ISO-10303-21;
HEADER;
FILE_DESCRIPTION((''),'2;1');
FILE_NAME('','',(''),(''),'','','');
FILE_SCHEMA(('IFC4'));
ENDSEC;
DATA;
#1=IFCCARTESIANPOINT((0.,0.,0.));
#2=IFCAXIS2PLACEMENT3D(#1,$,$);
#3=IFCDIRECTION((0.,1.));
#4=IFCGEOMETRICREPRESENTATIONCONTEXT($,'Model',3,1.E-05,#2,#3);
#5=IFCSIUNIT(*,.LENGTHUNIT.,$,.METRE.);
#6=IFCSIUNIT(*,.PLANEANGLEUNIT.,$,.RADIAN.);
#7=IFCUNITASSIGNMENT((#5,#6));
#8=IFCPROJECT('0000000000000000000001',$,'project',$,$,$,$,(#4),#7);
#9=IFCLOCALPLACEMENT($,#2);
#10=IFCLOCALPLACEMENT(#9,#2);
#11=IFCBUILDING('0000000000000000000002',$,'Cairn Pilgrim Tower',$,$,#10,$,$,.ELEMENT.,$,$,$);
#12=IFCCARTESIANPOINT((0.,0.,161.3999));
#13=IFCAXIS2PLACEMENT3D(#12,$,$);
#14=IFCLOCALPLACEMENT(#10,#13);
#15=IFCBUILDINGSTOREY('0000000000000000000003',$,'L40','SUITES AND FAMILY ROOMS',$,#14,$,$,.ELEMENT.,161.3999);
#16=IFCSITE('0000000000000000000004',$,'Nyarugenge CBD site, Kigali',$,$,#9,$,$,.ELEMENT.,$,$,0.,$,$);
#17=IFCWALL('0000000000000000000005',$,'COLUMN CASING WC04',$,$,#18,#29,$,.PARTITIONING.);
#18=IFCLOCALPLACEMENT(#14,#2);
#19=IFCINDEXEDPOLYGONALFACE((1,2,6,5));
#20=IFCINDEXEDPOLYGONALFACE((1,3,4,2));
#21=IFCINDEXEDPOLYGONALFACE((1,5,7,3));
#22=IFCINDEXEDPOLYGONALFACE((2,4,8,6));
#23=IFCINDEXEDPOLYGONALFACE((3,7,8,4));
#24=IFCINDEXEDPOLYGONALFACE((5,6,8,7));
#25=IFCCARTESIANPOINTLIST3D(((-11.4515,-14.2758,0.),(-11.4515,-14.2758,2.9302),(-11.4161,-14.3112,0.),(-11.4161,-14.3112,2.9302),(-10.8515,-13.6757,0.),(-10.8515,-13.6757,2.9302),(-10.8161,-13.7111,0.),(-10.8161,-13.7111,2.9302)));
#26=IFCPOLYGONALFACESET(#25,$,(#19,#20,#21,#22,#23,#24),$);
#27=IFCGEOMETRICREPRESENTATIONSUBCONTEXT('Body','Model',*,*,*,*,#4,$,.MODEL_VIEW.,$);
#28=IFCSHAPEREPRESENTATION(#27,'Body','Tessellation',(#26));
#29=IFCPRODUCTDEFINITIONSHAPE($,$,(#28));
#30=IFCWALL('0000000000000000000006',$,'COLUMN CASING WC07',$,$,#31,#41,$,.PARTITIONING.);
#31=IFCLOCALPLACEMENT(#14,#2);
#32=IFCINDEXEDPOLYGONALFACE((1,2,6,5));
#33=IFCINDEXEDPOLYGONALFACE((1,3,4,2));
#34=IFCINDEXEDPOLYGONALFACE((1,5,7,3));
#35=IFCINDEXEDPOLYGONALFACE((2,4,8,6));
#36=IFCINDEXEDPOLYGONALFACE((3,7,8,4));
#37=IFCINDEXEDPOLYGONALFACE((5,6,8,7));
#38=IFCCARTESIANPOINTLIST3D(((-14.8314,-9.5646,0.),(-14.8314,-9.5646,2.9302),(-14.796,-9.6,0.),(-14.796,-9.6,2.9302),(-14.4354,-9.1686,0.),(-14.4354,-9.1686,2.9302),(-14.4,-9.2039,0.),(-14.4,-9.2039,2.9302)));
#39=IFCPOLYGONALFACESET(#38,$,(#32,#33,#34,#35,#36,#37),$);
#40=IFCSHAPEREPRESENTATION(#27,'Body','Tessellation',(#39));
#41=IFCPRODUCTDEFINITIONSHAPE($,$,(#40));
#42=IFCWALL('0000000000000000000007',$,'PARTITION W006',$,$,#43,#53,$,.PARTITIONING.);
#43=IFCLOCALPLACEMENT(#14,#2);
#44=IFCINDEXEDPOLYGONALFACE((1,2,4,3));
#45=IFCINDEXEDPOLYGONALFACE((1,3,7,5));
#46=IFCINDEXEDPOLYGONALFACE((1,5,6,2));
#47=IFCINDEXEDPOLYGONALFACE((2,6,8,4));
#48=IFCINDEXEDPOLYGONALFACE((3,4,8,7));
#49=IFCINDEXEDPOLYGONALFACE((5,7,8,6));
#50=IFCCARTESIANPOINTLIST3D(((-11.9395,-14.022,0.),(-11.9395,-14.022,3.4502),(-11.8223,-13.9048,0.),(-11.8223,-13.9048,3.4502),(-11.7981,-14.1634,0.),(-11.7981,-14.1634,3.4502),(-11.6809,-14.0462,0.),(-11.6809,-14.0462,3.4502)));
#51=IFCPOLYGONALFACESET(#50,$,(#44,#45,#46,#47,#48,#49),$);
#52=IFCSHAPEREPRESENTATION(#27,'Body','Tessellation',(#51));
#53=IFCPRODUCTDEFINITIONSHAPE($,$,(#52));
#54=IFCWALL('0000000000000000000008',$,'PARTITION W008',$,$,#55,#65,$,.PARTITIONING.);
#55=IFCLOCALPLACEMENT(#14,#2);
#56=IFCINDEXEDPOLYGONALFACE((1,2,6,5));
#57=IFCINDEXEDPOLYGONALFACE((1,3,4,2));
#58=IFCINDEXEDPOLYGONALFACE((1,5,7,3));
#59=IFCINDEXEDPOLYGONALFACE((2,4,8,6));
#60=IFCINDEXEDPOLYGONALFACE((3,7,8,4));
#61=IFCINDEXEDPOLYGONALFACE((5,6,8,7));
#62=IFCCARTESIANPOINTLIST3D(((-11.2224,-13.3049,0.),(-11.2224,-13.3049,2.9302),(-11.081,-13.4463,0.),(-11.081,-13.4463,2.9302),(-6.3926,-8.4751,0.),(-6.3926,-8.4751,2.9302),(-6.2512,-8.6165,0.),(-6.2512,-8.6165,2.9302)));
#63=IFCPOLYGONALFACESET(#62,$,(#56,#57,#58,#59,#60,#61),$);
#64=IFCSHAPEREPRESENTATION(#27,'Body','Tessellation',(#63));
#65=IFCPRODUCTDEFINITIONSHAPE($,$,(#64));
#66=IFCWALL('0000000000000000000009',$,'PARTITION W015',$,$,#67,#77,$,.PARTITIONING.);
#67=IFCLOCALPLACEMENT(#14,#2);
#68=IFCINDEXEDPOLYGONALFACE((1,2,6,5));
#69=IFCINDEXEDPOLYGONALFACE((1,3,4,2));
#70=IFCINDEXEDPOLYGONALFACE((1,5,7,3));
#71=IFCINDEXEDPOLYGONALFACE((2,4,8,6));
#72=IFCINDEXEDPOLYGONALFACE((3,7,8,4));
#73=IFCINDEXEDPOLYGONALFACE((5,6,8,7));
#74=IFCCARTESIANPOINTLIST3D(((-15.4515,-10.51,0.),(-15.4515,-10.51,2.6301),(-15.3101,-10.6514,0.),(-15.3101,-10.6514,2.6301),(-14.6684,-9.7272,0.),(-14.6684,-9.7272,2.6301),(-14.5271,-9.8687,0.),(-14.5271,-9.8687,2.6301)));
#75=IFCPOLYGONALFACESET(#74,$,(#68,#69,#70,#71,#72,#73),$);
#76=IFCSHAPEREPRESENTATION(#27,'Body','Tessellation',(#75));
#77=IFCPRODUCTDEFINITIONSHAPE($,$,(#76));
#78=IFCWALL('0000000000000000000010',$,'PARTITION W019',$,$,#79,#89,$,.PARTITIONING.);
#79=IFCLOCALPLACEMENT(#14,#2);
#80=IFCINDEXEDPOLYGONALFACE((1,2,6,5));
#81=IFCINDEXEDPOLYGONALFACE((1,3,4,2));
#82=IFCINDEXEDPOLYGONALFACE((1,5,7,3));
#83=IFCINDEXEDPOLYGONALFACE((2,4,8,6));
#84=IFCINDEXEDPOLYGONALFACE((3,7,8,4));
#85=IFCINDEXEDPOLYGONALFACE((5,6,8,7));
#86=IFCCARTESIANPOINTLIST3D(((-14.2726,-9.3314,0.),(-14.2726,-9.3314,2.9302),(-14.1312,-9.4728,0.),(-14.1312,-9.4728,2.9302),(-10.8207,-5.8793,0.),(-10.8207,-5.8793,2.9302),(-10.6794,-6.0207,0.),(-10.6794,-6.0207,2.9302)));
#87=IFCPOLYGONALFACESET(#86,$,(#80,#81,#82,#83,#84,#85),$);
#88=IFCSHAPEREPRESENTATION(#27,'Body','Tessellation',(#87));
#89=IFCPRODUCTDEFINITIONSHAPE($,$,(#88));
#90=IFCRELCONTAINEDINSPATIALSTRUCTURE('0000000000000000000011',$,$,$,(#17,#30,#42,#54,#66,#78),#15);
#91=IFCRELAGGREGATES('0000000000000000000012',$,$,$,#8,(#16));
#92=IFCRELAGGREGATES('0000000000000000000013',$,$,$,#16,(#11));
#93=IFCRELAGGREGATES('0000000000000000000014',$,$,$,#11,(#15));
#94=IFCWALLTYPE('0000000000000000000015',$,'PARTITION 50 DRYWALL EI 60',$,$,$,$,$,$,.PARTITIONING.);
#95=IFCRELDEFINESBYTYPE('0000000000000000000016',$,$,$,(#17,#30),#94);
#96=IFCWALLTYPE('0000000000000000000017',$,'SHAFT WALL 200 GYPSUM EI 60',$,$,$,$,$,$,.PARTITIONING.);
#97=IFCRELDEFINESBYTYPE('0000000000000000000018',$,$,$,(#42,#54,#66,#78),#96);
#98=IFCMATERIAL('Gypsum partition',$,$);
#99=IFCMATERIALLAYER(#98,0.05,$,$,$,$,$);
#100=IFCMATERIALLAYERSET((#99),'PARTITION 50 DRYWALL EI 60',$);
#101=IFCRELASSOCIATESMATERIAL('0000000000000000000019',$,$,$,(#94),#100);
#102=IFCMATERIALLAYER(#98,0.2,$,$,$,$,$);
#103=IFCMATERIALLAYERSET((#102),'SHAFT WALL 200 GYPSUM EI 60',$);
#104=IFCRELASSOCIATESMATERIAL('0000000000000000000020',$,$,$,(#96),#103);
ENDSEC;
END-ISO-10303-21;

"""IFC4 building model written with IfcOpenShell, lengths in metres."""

from ifc_helpers import new_model, si_unit, direction, frame, frame_2d, origin, place, context, subcontext, project, spatial, rectangle, extrude, material, layer, layer_set, type_object, element, save


model = new_model("IFC4")

# Units and contexts
model_context = context("Model", 3, precision=1e-05, world=origin(), true_north=direction((0.0, 1.0)))
body_context = subcontext(model_context, "Body", "Model", "MODEL_VIEW")
ifc_project = project(units=[si_unit("LENGTHUNIT", "METRE"), si_unit("PLANEANGLEUNIT", "RADIAN")], contexts=[model_context])

# Site, building, storey
site_placement = place(None, origin())
site = spatial("IfcSite", under=ifc_project, at=site_placement, Name="Nyarugenge CBD site, Kigali", CompositionType="ELEMENT", RefElevation=0.0)
building_placement = place(site_placement, origin())
building = spatial("IfcBuilding", under=site, at=building_placement, Name="Cairn Pilgrim Tower", CompositionType="ELEMENT")
storey_placement = place(building_placement, frame((0.0, 0.0, 161.3999)))
storey = spatial("IfcBuildingStorey", under=building, at=storey_placement, Name="L40", Description="SUITES AND FAMILY ROOMS", CompositionType="ELEMENT", Elevation=161.3999)

# Walls
ifc_material_1 = material(Name="Gypsum partition")
ifc_layer_1 = layer(ifc_material_1, 0.05)
ifc_layer_set_1 = layer_set([ifc_layer_1], Name="PARTITION 50 DRYWALL EI 60")
wall_type_1 = type_object("IfcWallType", Name="PARTITION 50 DRYWALL EI 60", PredefinedType="PARTITIONING", material=ifc_layer_set_1)
wall_1_placement = place(storey_placement, frame((-11.4338, -14.2935, 0.0), z_axis=(0.0, 0.0, 1.0), x_axis=(0.707107, 0.707107, 0.0)))
element("IfcWall", 1, at=wall_1_placement, inside=storey, type_object=wall_type_1, Name="COLUMN CASING WC04", PredefinedType="PARTITIONING", context=body_context, shape_type="SweptSolid", body=[
    extrude(rectangle(XDim=0.8486, YDim=0.05, at=frame_2d((0.4243, 0.0))), origin(), (0.0, 0.0, 1.0), 2.9302),
])
wall_2_placement = place(storey_placement, frame((-14.8137, -9.5823, 0.0), z_axis=(0.0, 0.0, 1.0), x_axis=(0.707107, 0.707107, 0.0)))
element("IfcWall", 2, at=wall_2_placement, inside=storey, type_object=wall_type_1, Name="COLUMN CASING WC07", PredefinedType="PARTITIONING", context=body_context, shape_type="SweptSolid", body=[
    extrude(rectangle(XDim=0.5601, YDim=0.05, at=frame_2d((0.28, 0.0))), origin(), (0.0, 0.0, 1.0), 2.9302),
])
ifc_layer_2 = layer(ifc_material_1, 0.2)
ifc_layer_set_2 = layer_set([ifc_layer_2], Name="SHAFT WALL 200 GYPSUM EI 60")
wall_type_2 = type_object("IfcWallType", Name="SHAFT WALL 200 GYPSUM EI 60", PredefinedType="PARTITIONING", material=ifc_layer_set_2)
wall_3_placement = place(storey_placement, frame((-11.8689, -14.0928, 0.0), z_axis=(0.0, 0.0, 1.0), x_axis=(0.707107, 0.707107, 0.0)))
element("IfcWall", 3, at=wall_3_placement, inside=storey, type_object=wall_type_2, Name="PARTITION W006", PredefinedType="PARTITIONING", context=body_context, shape_type="SweptSolid", body=[
    extrude(rectangle(XDim=0.1658, YDim=0.2, at=frame_2d((0.083, 0.0))), origin(), (0.0, 0.0, 1.0), 3.4502),
])
wall_4_placement = place(storey_placement, frame((-11.1516, -13.3755, 0.0), z_axis=(0.0, 0.0, 1.0), x_axis=(0.707107, 0.707107, 0.0)))
element("IfcWall", 4, at=wall_4_placement, inside=storey, type_object=wall_type_2, Name="PARTITION W008", PredefinedType="PARTITIONING", context=body_context, shape_type="SweptSolid", body=[
    extrude(rectangle(XDim=6.8303, YDim=0.2, at=frame_2d((3.415, 0.0))), origin(), (0.0, 0.0, 1.0), 2.9302),
])
wall_5_placement = place(storey_placement, frame((-15.3809, -10.5808, 0.0), z_axis=(0.0, 0.0, 1.0), x_axis=(0.707217, 0.706997, 0.0)))
element("IfcWall", 5, at=wall_5_placement, inside=storey, type_object=wall_type_2, Name="PARTITION W015", PredefinedType="PARTITIONING", context=body_context, shape_type="SweptSolid", body=[
    extrude(rectangle(XDim=1.1072, YDim=0.2, at=frame_2d((0.5537, 0.0))), origin(), (0.0, 0.0, 1.0), 2.6301),
])
wall_6_placement = place(storey_placement, frame((-14.2019, -9.4021, 0.0), z_axis=(0.0, 0.0, 1.0), x_axis=(0.707082, 0.707132, 0.0)))
element("IfcWall", 6, at=wall_6_placement, inside=storey, type_object=wall_type_2, Name="PARTITION W019", PredefinedType="PARTITIONING", context=body_context, shape_type="SweptSolid", body=[
    extrude(rectangle(XDim=4.8818, YDim=0.2, at=frame_2d((2.4409, 0.0))), origin(), (0.0, 0.0, 1.0), 2.9302),
])

save(model, "model.ifc")
